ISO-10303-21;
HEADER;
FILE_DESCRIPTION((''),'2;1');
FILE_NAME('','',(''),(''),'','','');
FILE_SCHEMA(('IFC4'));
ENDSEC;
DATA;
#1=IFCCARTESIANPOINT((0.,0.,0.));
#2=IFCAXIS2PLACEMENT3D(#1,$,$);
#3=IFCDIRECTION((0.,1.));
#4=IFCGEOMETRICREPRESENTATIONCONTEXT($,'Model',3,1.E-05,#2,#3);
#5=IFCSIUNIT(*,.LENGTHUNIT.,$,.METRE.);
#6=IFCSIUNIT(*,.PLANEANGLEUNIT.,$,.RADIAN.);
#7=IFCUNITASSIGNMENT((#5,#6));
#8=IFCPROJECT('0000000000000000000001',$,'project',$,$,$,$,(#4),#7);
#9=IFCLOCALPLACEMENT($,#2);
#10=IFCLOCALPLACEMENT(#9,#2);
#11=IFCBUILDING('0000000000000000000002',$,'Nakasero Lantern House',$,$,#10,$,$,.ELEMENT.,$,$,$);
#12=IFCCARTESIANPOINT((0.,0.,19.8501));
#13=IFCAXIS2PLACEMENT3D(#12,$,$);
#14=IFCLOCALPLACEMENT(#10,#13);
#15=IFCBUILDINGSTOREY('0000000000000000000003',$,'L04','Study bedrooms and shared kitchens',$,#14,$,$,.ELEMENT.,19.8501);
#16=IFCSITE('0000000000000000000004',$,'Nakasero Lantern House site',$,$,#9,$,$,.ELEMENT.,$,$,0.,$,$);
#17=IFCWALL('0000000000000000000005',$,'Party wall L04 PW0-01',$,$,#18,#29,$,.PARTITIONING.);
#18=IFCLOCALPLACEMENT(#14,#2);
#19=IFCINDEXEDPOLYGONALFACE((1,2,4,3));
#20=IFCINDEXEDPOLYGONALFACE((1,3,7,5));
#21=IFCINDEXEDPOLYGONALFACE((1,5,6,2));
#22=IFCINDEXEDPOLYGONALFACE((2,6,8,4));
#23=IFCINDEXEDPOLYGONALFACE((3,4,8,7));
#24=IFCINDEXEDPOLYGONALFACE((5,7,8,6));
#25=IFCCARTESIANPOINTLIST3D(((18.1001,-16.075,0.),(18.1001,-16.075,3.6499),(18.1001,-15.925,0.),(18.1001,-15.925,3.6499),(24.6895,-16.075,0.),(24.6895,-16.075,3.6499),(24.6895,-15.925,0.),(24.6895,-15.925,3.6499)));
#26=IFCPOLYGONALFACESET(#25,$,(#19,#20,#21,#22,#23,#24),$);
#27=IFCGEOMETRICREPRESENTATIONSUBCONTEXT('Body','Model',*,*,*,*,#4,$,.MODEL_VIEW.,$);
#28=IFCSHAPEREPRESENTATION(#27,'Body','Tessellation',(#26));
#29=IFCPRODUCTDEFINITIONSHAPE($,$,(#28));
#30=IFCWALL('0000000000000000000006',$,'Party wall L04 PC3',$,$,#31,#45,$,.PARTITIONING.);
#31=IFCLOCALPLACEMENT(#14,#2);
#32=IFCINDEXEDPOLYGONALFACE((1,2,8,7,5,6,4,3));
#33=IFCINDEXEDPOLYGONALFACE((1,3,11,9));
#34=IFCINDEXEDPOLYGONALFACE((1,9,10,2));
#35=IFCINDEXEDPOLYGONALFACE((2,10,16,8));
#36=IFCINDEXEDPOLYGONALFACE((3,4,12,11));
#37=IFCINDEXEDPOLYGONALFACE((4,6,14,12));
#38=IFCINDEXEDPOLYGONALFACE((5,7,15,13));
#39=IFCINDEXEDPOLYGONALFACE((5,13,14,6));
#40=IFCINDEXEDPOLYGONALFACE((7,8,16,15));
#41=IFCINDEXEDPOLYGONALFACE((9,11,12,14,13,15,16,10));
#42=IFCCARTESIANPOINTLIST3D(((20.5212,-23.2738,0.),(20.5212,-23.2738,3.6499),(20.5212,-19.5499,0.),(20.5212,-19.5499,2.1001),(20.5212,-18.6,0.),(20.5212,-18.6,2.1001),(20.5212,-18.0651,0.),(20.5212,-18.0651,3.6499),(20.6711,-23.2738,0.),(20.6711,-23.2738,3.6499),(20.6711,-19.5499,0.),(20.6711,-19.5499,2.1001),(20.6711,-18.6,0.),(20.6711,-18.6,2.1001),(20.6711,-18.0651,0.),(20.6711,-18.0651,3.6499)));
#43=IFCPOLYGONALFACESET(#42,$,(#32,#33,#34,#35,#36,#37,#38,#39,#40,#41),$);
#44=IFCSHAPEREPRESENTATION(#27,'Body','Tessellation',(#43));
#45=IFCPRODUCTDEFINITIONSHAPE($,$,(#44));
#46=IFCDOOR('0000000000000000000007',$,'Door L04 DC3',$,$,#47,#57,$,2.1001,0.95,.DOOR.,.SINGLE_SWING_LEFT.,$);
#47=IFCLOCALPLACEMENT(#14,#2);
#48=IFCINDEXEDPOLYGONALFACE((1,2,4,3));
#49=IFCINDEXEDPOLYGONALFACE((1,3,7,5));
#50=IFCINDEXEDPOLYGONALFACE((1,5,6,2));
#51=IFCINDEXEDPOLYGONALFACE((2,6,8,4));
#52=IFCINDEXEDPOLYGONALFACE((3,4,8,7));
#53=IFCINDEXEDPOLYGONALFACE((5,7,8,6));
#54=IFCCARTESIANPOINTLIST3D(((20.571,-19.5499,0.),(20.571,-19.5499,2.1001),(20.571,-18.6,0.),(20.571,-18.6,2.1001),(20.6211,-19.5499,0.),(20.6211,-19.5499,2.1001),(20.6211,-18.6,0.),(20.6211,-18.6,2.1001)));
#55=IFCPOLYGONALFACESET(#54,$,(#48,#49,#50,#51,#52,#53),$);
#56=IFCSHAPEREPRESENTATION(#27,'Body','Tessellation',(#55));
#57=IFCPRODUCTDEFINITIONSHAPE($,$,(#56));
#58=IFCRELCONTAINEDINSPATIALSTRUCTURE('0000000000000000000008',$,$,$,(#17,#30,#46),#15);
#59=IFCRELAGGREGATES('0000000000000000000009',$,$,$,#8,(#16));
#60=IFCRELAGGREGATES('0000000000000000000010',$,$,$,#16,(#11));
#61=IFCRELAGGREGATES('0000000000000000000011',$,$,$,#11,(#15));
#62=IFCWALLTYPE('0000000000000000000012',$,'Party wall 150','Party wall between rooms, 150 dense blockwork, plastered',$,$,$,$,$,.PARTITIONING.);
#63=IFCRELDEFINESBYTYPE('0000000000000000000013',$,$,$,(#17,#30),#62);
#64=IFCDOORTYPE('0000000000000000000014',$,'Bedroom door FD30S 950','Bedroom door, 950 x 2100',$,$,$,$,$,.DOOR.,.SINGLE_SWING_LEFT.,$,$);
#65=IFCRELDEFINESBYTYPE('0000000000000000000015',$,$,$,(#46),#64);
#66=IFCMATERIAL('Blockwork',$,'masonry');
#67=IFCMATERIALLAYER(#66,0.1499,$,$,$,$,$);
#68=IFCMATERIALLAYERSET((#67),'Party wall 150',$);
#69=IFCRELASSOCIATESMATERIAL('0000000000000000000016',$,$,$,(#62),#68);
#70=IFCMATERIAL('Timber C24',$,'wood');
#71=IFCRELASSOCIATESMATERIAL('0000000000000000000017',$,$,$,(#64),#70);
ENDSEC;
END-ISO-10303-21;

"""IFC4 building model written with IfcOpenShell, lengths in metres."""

from ifc_helpers import new_model, si_unit, direction, frame, frame_2d, origin, place, context, subcontext, project, spatial, rectangle, extrude, material, layer, layer_set, type_object, element, fill, save


model = new_model("IFC4")

# Units and contexts
model_context = context("Model", 3, precision=1e-05, world=origin(), true_north=direction((0.0, 1.0)))
body_context = subcontext(model_context, "Body", "Model", "MODEL_VIEW")
ifc_project = project(units=[si_unit("LENGTHUNIT", "METRE"), si_unit("PLANEANGLEUNIT", "RADIAN")], contexts=[model_context])

# Site, building, storey
site_placement = place(None, origin())
site = spatial("IfcSite", under=ifc_project, at=site_placement, Name="Nakasero Lantern House site", CompositionType="ELEMENT", RefElevation=0.0)
building_placement = place(site_placement, origin())
building = spatial("IfcBuilding", under=site, at=building_placement, Name="Nakasero Lantern House", CompositionType="ELEMENT")
storey_placement = place(building_placement, frame((0.0, 0.0, 19.8501)))
storey = spatial("IfcBuildingStorey", under=building, at=storey_placement, Name="L04", Description="Study bedrooms and shared kitchens", CompositionType="ELEMENT", Elevation=19.8501)

# Wall
ifc_material_1 = material(Name="Blockwork", Category="masonry")
ifc_layer_1 = layer(ifc_material_1, 0.1499)
ifc_layer_set_1 = layer_set([ifc_layer_1], Name="Party wall 150")
wall_type_1 = type_object("IfcWallType", Name="Party wall 150", Description="Party wall between rooms, 150 dense blockwork, plastered", PredefinedType="PARTITIONING", material=ifc_layer_set_1)
wall_1_placement = place(storey_placement, frame((18.1001, -16.0, 0.0), z_axis=(0.0, 0.0, 1.0), x_axis=(1.0, 0.0, 0.0)))
element("IfcWall", 1, at=wall_1_placement, inside=storey, type_object=wall_type_1, Name="Party wall L04 PW0-01", PredefinedType="PARTITIONING", context=body_context, shape_type="SweptSolid", body=[
    extrude(rectangle(XDim=6.5894, YDim=0.1499, at=frame_2d((3.2947, 0.0))), origin(), (0.0, 0.0, 1.0), 3.6499),
])

# Wall, opening, door
wall_2_placement = place(storey_placement, frame((20.5962, -18.0649, 0.0), z_axis=(0.0, 0.0, 1.0), x_axis=(0.0, -1.0, 0.0)))
wall_2 = element("IfcWall", 2, at=wall_2_placement, inside=storey, type_object=wall_type_1, Name="Party wall L04 PC3", PredefinedType="PARTITIONING", context=body_context, shape_type="SweptSolid", body=[
    extrude(rectangle(XDim=5.2087, YDim=0.1499, at=frame_2d((2.6045, 0.0))), origin(), (0.0, 0.0, 1.0), 3.6499),
])
opening_1_placement = place(wall_2_placement, frame((0.5349, 0.0, 0.0)))
opening_1 = element("IfcOpeningElement", 3, at=opening_1_placement, cuts=wall_2, PredefinedType="OPENING", context=body_context, shape_type="SweptSolid", body=[
    extrude(rectangle(XDim=0.95, YDim=2.1001, at=frame_2d((0.4751, 1.05))), frame((0.0, 0.095, 0.0), z_axis=(0.0, -1.0, 0.0), x_axis=(1.0, 0.0, 0.0)), (0.0, 0.0, 1.0), 0.1899),
])
ifc_material_2 = material(Name="Timber C24", Category="wood")
door_type_1 = type_object("IfcDoorType", Name="Bedroom door FD30S 950", Description="Bedroom door, 950 x 2100", OperationType="SINGLE_SWING_LEFT", PredefinedType="DOOR", material=ifc_material_2)
door_1_placement = place(opening_1_placement, origin())
door_1 = element("IfcDoor", 4, at=door_1_placement, inside=storey, type_object=door_type_1, Name="Door L04 DC3", OperationType="SINGLE_SWING_LEFT", OverallHeight=2.1001, OverallWidth=0.95, PredefinedType="DOOR", context=body_context, shape_type="SweptSolid", body=[
    extrude(rectangle(XDim=0.95, YDim=2.1001, at=frame_2d((0.4751, 1.05))), frame((0.0, 0.0249, 0.0), z_axis=(0.0, -1.0, 0.0), x_axis=(1.0, 0.0, 0.0)), (0.0, 0.0, 1.0), 0.05),
])
fill(opening_1, door_1)

save(model, "model.ifc")
